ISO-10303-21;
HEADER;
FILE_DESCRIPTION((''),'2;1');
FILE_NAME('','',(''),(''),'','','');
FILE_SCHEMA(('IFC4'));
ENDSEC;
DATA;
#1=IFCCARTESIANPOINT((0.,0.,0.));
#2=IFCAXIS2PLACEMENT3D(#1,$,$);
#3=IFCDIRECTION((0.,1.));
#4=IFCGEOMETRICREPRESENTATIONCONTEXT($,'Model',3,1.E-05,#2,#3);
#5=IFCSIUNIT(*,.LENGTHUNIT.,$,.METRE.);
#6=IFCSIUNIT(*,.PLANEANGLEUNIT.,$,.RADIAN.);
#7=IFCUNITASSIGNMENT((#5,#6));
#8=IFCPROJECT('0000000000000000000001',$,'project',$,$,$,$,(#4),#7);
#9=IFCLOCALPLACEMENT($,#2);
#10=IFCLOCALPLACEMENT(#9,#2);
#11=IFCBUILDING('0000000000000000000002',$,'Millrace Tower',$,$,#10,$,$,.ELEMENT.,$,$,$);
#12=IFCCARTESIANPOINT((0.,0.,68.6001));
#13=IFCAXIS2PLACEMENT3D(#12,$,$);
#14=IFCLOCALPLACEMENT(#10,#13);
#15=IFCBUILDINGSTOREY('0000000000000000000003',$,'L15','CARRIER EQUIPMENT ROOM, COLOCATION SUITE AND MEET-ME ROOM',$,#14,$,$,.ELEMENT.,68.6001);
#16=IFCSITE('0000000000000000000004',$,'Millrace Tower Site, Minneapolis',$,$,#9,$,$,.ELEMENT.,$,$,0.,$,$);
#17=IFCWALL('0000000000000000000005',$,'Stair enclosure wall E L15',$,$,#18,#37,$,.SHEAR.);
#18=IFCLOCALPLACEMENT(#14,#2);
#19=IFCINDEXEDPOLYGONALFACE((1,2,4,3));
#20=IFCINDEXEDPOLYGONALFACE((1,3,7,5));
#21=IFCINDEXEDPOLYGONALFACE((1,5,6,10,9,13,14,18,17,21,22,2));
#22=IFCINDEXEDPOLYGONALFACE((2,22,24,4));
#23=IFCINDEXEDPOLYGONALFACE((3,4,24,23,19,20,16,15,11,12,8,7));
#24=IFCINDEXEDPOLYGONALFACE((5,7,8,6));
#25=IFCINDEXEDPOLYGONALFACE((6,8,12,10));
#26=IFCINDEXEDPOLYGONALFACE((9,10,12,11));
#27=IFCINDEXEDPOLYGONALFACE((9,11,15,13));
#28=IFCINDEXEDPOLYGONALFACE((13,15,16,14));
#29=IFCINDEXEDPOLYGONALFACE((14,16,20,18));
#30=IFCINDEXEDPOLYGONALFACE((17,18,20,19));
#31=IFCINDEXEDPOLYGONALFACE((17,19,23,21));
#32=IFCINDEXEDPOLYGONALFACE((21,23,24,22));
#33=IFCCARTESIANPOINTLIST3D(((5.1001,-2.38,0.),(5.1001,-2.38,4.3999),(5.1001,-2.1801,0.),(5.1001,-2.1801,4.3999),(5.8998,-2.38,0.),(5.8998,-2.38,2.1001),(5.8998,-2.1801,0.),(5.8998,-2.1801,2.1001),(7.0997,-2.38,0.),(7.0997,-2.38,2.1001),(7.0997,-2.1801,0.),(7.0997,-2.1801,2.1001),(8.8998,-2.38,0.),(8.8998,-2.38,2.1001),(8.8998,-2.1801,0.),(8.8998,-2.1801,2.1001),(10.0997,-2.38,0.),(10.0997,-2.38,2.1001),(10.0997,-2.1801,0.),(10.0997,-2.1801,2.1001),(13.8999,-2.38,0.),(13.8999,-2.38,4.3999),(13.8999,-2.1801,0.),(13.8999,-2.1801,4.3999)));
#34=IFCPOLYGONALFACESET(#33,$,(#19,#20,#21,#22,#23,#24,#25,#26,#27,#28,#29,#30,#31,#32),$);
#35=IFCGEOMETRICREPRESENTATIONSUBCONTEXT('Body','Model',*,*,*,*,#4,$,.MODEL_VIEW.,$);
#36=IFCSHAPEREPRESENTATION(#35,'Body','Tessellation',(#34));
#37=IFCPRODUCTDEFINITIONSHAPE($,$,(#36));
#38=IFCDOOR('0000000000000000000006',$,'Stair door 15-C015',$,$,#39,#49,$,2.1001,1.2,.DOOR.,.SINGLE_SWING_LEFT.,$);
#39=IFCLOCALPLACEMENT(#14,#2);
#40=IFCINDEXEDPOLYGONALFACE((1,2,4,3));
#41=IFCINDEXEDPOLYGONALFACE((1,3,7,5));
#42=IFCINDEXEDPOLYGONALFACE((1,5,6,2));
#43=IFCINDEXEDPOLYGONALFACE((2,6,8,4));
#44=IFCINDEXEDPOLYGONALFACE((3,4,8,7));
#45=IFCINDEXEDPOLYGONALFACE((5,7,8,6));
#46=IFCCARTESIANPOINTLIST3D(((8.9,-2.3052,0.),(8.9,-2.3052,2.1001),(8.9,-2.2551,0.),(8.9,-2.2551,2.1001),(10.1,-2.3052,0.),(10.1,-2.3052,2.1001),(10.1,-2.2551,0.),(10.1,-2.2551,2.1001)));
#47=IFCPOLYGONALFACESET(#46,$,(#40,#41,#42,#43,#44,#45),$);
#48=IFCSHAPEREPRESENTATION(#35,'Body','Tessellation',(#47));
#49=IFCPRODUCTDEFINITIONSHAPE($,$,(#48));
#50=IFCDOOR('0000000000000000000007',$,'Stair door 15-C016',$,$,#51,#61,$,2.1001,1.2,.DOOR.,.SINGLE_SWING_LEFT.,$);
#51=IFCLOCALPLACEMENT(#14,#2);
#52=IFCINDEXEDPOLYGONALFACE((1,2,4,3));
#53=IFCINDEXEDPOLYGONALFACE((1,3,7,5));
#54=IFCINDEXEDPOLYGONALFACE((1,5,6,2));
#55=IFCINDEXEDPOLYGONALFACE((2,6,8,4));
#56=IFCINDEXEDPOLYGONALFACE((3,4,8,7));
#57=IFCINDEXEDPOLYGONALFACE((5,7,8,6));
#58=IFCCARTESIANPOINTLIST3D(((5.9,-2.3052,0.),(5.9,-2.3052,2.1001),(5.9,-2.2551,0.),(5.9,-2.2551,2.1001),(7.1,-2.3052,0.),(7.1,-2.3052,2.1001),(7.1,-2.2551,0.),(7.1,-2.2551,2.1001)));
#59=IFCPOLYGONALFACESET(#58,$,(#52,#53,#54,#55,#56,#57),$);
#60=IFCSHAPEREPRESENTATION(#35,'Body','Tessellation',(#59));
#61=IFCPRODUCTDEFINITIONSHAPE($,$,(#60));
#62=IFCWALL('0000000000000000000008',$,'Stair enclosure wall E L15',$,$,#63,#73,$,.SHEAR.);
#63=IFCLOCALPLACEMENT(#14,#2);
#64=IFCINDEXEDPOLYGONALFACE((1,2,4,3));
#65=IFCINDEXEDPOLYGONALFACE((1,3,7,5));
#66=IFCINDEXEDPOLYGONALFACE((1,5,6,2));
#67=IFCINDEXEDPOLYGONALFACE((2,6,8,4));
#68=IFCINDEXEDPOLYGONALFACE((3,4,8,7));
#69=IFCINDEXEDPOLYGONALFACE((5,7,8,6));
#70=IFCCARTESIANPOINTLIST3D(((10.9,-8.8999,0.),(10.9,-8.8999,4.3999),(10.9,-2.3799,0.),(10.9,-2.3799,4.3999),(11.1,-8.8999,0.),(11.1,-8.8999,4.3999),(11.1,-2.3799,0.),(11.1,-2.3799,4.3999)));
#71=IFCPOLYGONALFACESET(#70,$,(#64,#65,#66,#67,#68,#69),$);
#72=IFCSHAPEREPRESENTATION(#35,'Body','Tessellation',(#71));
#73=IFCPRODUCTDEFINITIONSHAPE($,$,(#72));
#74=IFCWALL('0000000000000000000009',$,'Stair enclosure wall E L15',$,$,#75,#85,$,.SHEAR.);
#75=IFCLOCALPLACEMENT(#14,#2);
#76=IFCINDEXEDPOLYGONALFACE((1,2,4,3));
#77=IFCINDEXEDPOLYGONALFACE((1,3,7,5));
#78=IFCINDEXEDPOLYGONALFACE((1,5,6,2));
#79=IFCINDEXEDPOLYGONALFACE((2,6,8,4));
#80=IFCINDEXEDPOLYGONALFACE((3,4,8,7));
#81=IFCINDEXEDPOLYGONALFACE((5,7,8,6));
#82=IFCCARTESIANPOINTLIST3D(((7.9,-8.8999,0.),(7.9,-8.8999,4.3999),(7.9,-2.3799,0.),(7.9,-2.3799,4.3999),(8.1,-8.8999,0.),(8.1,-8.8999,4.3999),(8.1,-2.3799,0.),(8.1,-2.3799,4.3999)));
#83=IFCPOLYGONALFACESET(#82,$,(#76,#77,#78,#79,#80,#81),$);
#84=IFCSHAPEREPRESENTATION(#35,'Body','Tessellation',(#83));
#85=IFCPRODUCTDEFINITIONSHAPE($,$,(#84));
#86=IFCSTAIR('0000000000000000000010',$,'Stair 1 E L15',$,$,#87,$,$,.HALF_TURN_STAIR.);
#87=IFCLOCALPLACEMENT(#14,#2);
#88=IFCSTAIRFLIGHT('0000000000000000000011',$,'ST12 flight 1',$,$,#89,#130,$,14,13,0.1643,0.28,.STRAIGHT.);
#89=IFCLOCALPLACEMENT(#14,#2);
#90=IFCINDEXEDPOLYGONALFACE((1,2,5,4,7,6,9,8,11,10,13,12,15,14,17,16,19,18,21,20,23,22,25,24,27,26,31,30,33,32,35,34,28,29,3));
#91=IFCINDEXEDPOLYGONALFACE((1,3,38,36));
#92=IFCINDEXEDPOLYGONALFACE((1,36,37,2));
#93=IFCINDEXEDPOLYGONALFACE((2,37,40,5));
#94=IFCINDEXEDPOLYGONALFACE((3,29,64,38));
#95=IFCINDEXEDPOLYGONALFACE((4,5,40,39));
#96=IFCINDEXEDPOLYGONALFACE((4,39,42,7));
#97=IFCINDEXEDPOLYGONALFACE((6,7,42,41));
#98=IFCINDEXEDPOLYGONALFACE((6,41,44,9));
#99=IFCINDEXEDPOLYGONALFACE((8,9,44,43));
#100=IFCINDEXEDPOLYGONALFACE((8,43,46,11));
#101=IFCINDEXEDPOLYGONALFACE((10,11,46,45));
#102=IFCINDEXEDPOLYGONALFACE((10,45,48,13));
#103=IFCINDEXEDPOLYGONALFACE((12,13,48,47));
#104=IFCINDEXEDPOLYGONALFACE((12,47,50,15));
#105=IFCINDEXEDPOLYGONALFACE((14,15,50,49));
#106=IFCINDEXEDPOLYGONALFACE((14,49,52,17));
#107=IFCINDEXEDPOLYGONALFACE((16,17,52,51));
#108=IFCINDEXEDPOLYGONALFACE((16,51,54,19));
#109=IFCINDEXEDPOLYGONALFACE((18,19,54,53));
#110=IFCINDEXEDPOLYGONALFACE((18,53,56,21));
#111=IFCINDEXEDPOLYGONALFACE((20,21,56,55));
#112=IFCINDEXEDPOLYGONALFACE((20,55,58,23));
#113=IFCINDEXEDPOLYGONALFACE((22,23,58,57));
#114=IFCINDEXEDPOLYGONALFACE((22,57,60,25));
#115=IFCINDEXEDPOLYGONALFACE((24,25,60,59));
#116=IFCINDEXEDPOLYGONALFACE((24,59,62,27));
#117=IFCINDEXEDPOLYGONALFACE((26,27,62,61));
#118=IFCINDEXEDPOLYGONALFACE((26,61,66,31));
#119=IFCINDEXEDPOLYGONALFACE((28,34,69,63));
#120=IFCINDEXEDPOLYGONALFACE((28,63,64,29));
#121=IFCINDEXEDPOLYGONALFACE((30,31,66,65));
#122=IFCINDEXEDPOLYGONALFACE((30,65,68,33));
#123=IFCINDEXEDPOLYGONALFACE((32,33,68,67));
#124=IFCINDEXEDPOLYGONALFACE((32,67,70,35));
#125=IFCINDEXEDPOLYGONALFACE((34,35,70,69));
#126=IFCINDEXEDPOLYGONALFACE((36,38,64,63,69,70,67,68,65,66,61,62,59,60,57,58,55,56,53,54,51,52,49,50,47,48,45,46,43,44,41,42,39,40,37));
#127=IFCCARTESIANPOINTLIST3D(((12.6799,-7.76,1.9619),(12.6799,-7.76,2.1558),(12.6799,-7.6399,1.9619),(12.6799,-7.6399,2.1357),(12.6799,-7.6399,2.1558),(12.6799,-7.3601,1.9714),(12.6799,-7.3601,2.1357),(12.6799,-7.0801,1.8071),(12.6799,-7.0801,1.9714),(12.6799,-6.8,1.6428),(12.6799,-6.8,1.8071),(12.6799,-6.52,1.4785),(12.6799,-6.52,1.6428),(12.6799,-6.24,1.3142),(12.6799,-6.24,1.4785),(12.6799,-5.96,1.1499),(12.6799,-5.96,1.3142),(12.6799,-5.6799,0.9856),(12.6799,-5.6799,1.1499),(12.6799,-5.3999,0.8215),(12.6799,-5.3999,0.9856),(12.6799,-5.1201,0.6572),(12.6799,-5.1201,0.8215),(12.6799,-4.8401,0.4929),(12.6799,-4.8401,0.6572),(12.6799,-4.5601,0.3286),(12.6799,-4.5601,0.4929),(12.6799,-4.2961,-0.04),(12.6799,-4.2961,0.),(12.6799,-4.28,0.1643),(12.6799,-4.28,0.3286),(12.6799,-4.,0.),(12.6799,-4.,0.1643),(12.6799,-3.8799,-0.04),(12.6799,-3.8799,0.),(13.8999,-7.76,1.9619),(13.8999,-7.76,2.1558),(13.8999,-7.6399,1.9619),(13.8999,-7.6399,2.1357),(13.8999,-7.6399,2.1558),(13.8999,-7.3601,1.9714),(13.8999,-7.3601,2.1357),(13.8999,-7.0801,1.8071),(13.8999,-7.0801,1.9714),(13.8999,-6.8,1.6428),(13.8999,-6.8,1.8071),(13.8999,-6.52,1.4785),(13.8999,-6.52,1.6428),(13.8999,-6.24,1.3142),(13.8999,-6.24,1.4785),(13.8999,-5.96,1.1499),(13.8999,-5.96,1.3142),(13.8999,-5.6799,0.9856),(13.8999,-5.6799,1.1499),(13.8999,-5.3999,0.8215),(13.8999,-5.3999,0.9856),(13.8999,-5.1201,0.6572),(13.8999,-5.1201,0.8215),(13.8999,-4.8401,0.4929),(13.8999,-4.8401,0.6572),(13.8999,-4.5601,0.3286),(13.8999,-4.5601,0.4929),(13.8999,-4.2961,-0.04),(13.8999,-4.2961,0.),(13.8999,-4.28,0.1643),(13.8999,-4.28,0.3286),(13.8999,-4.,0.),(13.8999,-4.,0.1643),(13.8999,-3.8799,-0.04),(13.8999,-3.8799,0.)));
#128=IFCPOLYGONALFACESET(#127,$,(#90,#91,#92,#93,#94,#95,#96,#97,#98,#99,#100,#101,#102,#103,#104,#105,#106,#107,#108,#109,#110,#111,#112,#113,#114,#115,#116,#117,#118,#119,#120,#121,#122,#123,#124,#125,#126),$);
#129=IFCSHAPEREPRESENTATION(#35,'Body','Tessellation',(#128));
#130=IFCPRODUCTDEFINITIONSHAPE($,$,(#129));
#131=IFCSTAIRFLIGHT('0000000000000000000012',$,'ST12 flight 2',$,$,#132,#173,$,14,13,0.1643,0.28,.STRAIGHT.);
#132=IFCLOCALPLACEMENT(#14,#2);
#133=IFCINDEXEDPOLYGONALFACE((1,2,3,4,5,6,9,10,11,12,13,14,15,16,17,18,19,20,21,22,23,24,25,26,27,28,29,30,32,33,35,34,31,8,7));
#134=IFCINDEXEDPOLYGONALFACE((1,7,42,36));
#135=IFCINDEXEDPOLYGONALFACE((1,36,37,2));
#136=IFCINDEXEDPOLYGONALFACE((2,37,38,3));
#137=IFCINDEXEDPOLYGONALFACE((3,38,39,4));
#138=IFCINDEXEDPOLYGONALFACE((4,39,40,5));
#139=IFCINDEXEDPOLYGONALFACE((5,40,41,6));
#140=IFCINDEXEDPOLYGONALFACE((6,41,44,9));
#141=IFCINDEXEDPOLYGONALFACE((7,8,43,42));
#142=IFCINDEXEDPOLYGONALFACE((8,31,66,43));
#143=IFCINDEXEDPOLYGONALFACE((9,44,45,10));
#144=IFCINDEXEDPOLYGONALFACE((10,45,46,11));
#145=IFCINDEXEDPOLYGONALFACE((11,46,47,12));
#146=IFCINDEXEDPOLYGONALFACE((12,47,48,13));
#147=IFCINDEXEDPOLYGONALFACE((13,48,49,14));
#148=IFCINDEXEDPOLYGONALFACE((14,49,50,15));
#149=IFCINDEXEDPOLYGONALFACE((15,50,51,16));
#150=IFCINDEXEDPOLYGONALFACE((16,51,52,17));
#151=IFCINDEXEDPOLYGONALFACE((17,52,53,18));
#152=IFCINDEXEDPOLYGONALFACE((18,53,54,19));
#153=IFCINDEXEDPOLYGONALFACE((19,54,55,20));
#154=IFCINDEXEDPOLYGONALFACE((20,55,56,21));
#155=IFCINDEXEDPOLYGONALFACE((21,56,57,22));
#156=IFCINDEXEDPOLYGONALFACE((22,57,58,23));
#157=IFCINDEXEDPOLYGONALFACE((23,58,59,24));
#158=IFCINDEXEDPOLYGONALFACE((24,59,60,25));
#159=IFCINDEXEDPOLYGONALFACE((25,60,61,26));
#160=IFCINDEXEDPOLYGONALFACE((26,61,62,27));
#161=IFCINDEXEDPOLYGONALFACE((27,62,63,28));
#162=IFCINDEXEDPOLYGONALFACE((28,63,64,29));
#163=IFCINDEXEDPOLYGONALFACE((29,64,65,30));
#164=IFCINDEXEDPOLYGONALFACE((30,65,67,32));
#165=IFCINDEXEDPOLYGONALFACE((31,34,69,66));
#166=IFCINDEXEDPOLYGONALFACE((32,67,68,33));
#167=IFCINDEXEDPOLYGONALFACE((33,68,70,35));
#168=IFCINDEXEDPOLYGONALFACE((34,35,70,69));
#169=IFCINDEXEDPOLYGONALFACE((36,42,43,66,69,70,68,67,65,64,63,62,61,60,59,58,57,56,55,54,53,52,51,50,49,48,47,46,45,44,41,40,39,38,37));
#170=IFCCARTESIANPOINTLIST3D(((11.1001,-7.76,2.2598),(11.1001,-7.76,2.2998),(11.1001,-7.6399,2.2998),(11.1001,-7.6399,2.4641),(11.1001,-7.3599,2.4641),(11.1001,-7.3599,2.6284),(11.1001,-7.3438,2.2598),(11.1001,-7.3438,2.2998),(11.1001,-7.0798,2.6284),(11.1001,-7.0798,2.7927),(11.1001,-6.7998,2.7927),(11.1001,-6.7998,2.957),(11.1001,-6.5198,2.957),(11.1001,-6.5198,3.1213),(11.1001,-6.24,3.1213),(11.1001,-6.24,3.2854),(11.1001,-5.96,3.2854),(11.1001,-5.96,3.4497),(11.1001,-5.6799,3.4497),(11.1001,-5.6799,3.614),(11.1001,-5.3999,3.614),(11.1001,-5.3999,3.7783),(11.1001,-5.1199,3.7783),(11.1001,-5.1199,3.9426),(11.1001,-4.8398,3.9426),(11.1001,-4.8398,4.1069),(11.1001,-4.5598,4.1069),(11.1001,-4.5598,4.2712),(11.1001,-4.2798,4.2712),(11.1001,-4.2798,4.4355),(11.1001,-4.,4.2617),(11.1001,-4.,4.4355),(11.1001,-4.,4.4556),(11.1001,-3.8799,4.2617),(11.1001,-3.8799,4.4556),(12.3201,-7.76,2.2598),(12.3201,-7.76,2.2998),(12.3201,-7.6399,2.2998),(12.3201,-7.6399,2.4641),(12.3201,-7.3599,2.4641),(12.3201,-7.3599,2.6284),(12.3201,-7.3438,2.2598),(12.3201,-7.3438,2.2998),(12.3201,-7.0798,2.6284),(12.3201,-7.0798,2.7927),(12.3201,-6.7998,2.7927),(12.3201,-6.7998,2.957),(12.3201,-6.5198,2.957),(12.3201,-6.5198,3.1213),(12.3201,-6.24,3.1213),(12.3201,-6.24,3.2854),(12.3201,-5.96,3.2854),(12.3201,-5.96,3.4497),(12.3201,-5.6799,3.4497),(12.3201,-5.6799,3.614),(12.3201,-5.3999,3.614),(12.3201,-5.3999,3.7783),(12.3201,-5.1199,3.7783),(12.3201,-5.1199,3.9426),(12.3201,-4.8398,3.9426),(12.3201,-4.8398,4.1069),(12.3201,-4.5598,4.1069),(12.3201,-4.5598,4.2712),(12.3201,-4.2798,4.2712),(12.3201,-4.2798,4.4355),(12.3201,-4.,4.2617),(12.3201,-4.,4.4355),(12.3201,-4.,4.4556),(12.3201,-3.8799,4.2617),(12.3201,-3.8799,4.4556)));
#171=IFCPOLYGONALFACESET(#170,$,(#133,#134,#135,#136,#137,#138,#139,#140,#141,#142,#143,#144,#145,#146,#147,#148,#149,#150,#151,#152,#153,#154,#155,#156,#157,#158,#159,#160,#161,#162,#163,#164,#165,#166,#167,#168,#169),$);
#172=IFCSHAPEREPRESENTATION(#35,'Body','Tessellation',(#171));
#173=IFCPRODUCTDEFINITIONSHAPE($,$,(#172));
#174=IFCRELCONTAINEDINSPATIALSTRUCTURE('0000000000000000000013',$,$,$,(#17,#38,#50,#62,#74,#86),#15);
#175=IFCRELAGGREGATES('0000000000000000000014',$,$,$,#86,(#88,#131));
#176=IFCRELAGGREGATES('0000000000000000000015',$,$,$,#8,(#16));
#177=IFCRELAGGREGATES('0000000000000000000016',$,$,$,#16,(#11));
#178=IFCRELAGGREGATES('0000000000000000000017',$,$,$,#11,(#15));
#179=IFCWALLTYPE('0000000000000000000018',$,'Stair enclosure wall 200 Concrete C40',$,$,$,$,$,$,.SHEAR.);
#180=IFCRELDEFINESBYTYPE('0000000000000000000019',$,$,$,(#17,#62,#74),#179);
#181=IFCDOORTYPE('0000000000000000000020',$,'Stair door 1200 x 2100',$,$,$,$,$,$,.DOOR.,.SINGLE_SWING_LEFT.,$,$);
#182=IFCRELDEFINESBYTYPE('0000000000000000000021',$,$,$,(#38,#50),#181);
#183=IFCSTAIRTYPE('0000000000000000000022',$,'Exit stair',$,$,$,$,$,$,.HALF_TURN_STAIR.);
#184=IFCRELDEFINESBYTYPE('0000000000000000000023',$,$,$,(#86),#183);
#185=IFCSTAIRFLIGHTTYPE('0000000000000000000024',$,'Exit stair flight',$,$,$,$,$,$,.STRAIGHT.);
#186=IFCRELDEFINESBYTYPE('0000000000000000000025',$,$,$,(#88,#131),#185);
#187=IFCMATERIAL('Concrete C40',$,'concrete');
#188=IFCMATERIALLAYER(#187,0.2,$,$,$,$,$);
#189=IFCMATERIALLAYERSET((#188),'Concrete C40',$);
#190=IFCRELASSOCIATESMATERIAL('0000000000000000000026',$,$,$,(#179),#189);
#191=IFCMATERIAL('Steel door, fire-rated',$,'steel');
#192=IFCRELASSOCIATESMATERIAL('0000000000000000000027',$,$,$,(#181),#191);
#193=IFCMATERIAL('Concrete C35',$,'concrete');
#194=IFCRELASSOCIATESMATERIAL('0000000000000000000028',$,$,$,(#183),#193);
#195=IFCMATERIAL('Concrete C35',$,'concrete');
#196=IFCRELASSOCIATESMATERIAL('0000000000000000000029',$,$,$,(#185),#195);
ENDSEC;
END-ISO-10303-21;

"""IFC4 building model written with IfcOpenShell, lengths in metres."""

from ifc_helpers import new_model, si_unit, direction, frame, frame_2d, origin, place, context, subcontext, project, spatial, polyline, rectangle, outline, extrude, material, layer, layer_set, type_object, element, fill, aggregate, save


model = new_model("IFC4")

# Units and contexts
model_context = context("Model", 3, precision=1e-05, world=origin(), true_north=direction((0.0, 1.0)))
body_context = subcontext(model_context, "Body", "Model", "MODEL_VIEW")
ifc_project = project(units=[si_unit("LENGTHUNIT", "METRE"), si_unit("PLANEANGLEUNIT", "RADIAN")], contexts=[model_context])

# Site, building, storey
site_placement = place(None, origin())
site = spatial("IfcSite", under=ifc_project, at=site_placement, Name="Millrace Tower Site, Minneapolis", CompositionType="ELEMENT", RefElevation=0.0)
building_placement = place(site_placement, origin())
building = spatial("IfcBuilding", under=site, at=building_placement, Name="Millrace Tower", CompositionType="ELEMENT")
storey_placement = place(building_placement, frame((0.0, 0.0, 68.6001)))
storey = spatial("IfcBuildingStorey", under=building, at=storey_placement, Name="L15", Description="CARRIER EQUIPMENT ROOM, COLOCATION SUITE AND MEET-ME ROOM", CompositionType="ELEMENT", Elevation=68.6001)

# Shared definitions
ifc_material_1 = material(Name="Concrete C40", Category="concrete")
ifc_layer_1 = layer(ifc_material_1, 0.2)
ifc_layer_set_1 = layer_set([ifc_layer_1], Name="Concrete C40")
wall_type_1 = type_object("IfcWallType", Name="Stair enclosure wall 200 Concrete C40", PredefinedType="SHEAR", material=ifc_layer_set_1)

# Wall, openings, doors
wall_1_placement = place(storey_placement, frame((13.8999, -2.28, 0.0), z_axis=(0.0, 0.0, 1.0), x_axis=(-1.0, 0.0, 0.0)))
wall_1 = element("IfcWall", 1, at=wall_1_placement, inside=storey, type_object=wall_type_1, Name="Stair enclosure wall E L15", PredefinedType="SHEAR", context=body_context, shape_type="SweptSolid", body=[
    extrude(rectangle(XDim=8.7998, YDim=0.2, at=frame_2d((4.3999, 0.0))), origin(), (0.0, 0.0, 1.0), 4.3999),
])
opening_1_placement = place(wall_1_placement, frame((3.8, 0.0, 0.0)))
opening_1 = element("IfcOpeningElement", 2, at=opening_1_placement, cuts=wall_1, PredefinedType="OPENING", context=body_context, shape_type="SweptSolid", body=[
    extrude(rectangle(XDim=1.2, YDim=2.1001, at=frame_2d((0.6001, 1.05))), frame((0.0, 0.1099, 0.0), z_axis=(0.0, -1.0, 0.0), x_axis=(1.0, 0.0, 0.0)), (0.0, 0.0, 1.0), 0.22),
])
opening_2_placement = place(wall_1_placement, frame((6.8, 0.0, 0.0)))
opening_2 = element("IfcOpeningElement", 3, at=opening_2_placement, cuts=wall_1, PredefinedType="OPENING", context=body_context, shape_type="SweptSolid", body=[
    extrude(rectangle(XDim=1.2, YDim=2.1001, at=frame_2d((0.6001, 1.05))), frame((0.0, 0.1099, 0.0), z_axis=(0.0, -1.0, 0.0), x_axis=(1.0, 0.0, 0.0)), (0.0, 0.0, 1.0), 0.22),
])
ifc_material_2 = material(Name="Steel door, fire-rated", Category="steel")
door_type_1 = type_object("IfcDoorType", Name="Stair door 1200 x 2100", OperationType="SINGLE_SWING_LEFT", PredefinedType="DOOR", material=ifc_material_2)
door_1_placement = place(opening_1_placement, frame((1.2, 0.0, 0.0), z_axis=(0.0, 0.0, 1.0), x_axis=(-1.0, 0.0, 0.0)))
door_1 = element("IfcDoor", 4, at=door_1_placement, inside=storey, type_object=door_type_1, Name="Stair door 15-C015", OperationType="SINGLE_SWING_LEFT", OverallHeight=2.1001, OverallWidth=1.2, PredefinedType="DOOR", context=body_context, shape_type="SweptSolid", body=[
    extrude(rectangle(XDim=1.2, YDim=2.1001, at=frame_2d((0.6001, 1.05))), frame((0.0, 0.0249, 0.0), z_axis=(0.0, -1.0, 0.0), x_axis=(1.0, 0.0, 0.0)), (0.0, 0.0, 1.0), 0.05),
])
fill(opening_1, door_1)
door_2_placement = place(opening_2_placement, frame((1.2, 0.0, 0.0), z_axis=(0.0, 0.0, 1.0), x_axis=(-1.0, 0.0, 0.0)))
door_2 = element("IfcDoor", 5, at=door_2_placement, inside=storey, type_object=door_type_1, Name="Stair door 15-C016", OperationType="SINGLE_SWING_LEFT", OverallHeight=2.1001, OverallWidth=1.2, PredefinedType="DOOR", context=body_context, shape_type="SweptSolid", body=[
    extrude(rectangle(XDim=1.2, YDim=2.1001, at=frame_2d((0.6001, 1.05))), frame((0.0, 0.0249, 0.0), z_axis=(0.0, -1.0, 0.0), x_axis=(1.0, 0.0, 0.0)), (0.0, 0.0, 1.0), 0.05),
])
fill(opening_2, door_2)

# Walls
for number, where, z_axis, x_axis, name in (
    (6, (11.0, -2.3799, 0.0), (0.0, 0.0, 1.0), (0.0, -1.0, 0.0), "Stair enclosure wall E L15"),
    (7, (8.0, -2.3799, 0.0), (0.0, 0.0, 1.0), (0.0, -1.0, 0.0), "Stair enclosure wall E L15"),
):
    element("IfcWall", number, at=place(storey_placement, frame(where, z_axis=z_axis, x_axis=x_axis)), inside=storey, type_object=wall_type_1, Name=name, PredefinedType="SHEAR", context=body_context, shape_type="SweptSolid", body=[
        extrude(rectangle(XDim=6.52, YDim=0.2, at=frame_2d((3.26, 0.0))), origin(), (0.0, 0.0, 1.0), 4.3999),
    ])

# Stair, stair flights
ifc_material_3 = material(Name="Concrete C35", Category="concrete")
stair_type = type_object("IfcStairType", Name="Exit stair", PredefinedType="HALF_TURN_STAIR", material=ifc_material_3)
placement = place(storey_placement, origin())
stair_1 = element("IfcStair", 8, at=placement, inside=storey, type_object=stair_type, Name="Stair 1 E L15", PredefinedType="HALF_TURN_STAIR")
ifc_material_4 = material(Name="Concrete C35", Category="concrete")
stair_flight_type = type_object("IfcStairFlightType", Name="Exit stair flight", PredefinedType="STRAIGHT", material=ifc_material_4)
stair_flight_1_placement = place(storey_placement, frame((13.29, -4.0, 0.0), z_axis=(0.0, 0.0, 1.0), x_axis=(0.0, -1.0, 0.0)))
stair_flight_1 = element("IfcStairFlight", 9, at=stair_flight_1_placement, type_object=stair_flight_type, Name="ST12 flight 1", NumberOfRisers=14, NumberOfTreads=13, PredefinedType="STRAIGHT", RiserHeight=0.1643, TreadLength=0.28, context=body_context, shape_type="SweptSolid", body=[
    extrude(outline(polyline([(-0.1201, -0.04), (-0.1201, 0.0), (0.0, 0.0), (0.0, 0.1643), (0.28, 0.1643), (0.28, 0.3286), (0.5601, 0.3286), (0.5601, 0.4929), (0.8401, 0.4929), (0.8401, 0.6572), (1.1201, 0.6572), (1.1201, 0.8215), (1.3999, 0.8215), (1.3999, 0.9856), (1.6799, 0.9856), (1.6799, 1.1499), (1.96, 1.1499), (1.96, 1.3142), (2.24, 1.3142), (2.24, 1.4785), (2.52, 1.4785), (2.52, 1.6428), (2.8, 1.6428), (2.8, 1.8071), (3.0801, 1.8071), (3.0801, 1.9714), (3.3601, 1.9714), (3.3601, 2.1357), (3.6399, 2.1357), (3.6399, 2.1558), (3.76, 2.1558), (3.76, 1.9619), (3.6399, 1.9619), (0.2961, 0.0), (0.2961, -0.04), (-0.1201, -0.04)])), frame((0.0, 0.6099, 0.0), z_axis=(0.0, -1.0, 0.0), x_axis=(1.0, 0.0, 0.0)), (0.0, 0.0, 1.0), 1.22),
])
stair_flight_2_placement = place(storey_placement, frame((11.71, -7.6399, 2.2998), z_axis=(0.0, 0.0, 1.0), x_axis=(0.0, 1.0, 0.0)))
stair_flight_2 = element("IfcStairFlight", 10, at=stair_flight_2_placement, type_object=stair_flight_type, Name="ST12 flight 2", NumberOfRisers=14, NumberOfTreads=13, PredefinedType="STRAIGHT", RiserHeight=0.1643, TreadLength=0.28, context=body_context, shape_type="SweptSolid", body=[
    extrude(outline(polyline([(-0.1201, -0.04), (-0.1201, 0.0), (0.0, 0.0), (0.0, 0.1643), (0.28, 0.1643), (0.28, 0.3286), (0.5601, 0.3286), (0.5601, 0.4929), (0.8401, 0.4929), (0.8401, 0.6572), (1.1201, 0.6572), (1.1201, 0.8215), (1.3999, 0.8215), (1.3999, 0.9856), (1.6799, 0.9856), (1.6799, 1.1499), (1.96, 1.1499), (1.96, 1.3142), (2.24, 1.3142), (2.24, 1.4785), (2.52, 1.4785), (2.52, 1.6428), (2.8, 1.6428), (2.8, 1.8071), (3.0801, 1.8071), (3.0801, 1.9714), (3.3601, 1.9714), (3.3601, 2.1357), (3.6399, 2.1357), (3.6399, 2.1558), (3.76, 2.1558), (3.76, 1.9619), (3.6399, 1.9619), (0.2961, 0.0), (0.2961, -0.04), (-0.1201, -0.04)])), frame((0.0, 0.6099, 0.0), z_axis=(0.0, -1.0, 0.0), x_axis=(1.0, 0.0, 0.0)), (0.0, 0.0, 1.0), 1.22),
])
aggregate(stair_1, [stair_flight_1, stair_flight_2])

save(model, "model.ifc")
